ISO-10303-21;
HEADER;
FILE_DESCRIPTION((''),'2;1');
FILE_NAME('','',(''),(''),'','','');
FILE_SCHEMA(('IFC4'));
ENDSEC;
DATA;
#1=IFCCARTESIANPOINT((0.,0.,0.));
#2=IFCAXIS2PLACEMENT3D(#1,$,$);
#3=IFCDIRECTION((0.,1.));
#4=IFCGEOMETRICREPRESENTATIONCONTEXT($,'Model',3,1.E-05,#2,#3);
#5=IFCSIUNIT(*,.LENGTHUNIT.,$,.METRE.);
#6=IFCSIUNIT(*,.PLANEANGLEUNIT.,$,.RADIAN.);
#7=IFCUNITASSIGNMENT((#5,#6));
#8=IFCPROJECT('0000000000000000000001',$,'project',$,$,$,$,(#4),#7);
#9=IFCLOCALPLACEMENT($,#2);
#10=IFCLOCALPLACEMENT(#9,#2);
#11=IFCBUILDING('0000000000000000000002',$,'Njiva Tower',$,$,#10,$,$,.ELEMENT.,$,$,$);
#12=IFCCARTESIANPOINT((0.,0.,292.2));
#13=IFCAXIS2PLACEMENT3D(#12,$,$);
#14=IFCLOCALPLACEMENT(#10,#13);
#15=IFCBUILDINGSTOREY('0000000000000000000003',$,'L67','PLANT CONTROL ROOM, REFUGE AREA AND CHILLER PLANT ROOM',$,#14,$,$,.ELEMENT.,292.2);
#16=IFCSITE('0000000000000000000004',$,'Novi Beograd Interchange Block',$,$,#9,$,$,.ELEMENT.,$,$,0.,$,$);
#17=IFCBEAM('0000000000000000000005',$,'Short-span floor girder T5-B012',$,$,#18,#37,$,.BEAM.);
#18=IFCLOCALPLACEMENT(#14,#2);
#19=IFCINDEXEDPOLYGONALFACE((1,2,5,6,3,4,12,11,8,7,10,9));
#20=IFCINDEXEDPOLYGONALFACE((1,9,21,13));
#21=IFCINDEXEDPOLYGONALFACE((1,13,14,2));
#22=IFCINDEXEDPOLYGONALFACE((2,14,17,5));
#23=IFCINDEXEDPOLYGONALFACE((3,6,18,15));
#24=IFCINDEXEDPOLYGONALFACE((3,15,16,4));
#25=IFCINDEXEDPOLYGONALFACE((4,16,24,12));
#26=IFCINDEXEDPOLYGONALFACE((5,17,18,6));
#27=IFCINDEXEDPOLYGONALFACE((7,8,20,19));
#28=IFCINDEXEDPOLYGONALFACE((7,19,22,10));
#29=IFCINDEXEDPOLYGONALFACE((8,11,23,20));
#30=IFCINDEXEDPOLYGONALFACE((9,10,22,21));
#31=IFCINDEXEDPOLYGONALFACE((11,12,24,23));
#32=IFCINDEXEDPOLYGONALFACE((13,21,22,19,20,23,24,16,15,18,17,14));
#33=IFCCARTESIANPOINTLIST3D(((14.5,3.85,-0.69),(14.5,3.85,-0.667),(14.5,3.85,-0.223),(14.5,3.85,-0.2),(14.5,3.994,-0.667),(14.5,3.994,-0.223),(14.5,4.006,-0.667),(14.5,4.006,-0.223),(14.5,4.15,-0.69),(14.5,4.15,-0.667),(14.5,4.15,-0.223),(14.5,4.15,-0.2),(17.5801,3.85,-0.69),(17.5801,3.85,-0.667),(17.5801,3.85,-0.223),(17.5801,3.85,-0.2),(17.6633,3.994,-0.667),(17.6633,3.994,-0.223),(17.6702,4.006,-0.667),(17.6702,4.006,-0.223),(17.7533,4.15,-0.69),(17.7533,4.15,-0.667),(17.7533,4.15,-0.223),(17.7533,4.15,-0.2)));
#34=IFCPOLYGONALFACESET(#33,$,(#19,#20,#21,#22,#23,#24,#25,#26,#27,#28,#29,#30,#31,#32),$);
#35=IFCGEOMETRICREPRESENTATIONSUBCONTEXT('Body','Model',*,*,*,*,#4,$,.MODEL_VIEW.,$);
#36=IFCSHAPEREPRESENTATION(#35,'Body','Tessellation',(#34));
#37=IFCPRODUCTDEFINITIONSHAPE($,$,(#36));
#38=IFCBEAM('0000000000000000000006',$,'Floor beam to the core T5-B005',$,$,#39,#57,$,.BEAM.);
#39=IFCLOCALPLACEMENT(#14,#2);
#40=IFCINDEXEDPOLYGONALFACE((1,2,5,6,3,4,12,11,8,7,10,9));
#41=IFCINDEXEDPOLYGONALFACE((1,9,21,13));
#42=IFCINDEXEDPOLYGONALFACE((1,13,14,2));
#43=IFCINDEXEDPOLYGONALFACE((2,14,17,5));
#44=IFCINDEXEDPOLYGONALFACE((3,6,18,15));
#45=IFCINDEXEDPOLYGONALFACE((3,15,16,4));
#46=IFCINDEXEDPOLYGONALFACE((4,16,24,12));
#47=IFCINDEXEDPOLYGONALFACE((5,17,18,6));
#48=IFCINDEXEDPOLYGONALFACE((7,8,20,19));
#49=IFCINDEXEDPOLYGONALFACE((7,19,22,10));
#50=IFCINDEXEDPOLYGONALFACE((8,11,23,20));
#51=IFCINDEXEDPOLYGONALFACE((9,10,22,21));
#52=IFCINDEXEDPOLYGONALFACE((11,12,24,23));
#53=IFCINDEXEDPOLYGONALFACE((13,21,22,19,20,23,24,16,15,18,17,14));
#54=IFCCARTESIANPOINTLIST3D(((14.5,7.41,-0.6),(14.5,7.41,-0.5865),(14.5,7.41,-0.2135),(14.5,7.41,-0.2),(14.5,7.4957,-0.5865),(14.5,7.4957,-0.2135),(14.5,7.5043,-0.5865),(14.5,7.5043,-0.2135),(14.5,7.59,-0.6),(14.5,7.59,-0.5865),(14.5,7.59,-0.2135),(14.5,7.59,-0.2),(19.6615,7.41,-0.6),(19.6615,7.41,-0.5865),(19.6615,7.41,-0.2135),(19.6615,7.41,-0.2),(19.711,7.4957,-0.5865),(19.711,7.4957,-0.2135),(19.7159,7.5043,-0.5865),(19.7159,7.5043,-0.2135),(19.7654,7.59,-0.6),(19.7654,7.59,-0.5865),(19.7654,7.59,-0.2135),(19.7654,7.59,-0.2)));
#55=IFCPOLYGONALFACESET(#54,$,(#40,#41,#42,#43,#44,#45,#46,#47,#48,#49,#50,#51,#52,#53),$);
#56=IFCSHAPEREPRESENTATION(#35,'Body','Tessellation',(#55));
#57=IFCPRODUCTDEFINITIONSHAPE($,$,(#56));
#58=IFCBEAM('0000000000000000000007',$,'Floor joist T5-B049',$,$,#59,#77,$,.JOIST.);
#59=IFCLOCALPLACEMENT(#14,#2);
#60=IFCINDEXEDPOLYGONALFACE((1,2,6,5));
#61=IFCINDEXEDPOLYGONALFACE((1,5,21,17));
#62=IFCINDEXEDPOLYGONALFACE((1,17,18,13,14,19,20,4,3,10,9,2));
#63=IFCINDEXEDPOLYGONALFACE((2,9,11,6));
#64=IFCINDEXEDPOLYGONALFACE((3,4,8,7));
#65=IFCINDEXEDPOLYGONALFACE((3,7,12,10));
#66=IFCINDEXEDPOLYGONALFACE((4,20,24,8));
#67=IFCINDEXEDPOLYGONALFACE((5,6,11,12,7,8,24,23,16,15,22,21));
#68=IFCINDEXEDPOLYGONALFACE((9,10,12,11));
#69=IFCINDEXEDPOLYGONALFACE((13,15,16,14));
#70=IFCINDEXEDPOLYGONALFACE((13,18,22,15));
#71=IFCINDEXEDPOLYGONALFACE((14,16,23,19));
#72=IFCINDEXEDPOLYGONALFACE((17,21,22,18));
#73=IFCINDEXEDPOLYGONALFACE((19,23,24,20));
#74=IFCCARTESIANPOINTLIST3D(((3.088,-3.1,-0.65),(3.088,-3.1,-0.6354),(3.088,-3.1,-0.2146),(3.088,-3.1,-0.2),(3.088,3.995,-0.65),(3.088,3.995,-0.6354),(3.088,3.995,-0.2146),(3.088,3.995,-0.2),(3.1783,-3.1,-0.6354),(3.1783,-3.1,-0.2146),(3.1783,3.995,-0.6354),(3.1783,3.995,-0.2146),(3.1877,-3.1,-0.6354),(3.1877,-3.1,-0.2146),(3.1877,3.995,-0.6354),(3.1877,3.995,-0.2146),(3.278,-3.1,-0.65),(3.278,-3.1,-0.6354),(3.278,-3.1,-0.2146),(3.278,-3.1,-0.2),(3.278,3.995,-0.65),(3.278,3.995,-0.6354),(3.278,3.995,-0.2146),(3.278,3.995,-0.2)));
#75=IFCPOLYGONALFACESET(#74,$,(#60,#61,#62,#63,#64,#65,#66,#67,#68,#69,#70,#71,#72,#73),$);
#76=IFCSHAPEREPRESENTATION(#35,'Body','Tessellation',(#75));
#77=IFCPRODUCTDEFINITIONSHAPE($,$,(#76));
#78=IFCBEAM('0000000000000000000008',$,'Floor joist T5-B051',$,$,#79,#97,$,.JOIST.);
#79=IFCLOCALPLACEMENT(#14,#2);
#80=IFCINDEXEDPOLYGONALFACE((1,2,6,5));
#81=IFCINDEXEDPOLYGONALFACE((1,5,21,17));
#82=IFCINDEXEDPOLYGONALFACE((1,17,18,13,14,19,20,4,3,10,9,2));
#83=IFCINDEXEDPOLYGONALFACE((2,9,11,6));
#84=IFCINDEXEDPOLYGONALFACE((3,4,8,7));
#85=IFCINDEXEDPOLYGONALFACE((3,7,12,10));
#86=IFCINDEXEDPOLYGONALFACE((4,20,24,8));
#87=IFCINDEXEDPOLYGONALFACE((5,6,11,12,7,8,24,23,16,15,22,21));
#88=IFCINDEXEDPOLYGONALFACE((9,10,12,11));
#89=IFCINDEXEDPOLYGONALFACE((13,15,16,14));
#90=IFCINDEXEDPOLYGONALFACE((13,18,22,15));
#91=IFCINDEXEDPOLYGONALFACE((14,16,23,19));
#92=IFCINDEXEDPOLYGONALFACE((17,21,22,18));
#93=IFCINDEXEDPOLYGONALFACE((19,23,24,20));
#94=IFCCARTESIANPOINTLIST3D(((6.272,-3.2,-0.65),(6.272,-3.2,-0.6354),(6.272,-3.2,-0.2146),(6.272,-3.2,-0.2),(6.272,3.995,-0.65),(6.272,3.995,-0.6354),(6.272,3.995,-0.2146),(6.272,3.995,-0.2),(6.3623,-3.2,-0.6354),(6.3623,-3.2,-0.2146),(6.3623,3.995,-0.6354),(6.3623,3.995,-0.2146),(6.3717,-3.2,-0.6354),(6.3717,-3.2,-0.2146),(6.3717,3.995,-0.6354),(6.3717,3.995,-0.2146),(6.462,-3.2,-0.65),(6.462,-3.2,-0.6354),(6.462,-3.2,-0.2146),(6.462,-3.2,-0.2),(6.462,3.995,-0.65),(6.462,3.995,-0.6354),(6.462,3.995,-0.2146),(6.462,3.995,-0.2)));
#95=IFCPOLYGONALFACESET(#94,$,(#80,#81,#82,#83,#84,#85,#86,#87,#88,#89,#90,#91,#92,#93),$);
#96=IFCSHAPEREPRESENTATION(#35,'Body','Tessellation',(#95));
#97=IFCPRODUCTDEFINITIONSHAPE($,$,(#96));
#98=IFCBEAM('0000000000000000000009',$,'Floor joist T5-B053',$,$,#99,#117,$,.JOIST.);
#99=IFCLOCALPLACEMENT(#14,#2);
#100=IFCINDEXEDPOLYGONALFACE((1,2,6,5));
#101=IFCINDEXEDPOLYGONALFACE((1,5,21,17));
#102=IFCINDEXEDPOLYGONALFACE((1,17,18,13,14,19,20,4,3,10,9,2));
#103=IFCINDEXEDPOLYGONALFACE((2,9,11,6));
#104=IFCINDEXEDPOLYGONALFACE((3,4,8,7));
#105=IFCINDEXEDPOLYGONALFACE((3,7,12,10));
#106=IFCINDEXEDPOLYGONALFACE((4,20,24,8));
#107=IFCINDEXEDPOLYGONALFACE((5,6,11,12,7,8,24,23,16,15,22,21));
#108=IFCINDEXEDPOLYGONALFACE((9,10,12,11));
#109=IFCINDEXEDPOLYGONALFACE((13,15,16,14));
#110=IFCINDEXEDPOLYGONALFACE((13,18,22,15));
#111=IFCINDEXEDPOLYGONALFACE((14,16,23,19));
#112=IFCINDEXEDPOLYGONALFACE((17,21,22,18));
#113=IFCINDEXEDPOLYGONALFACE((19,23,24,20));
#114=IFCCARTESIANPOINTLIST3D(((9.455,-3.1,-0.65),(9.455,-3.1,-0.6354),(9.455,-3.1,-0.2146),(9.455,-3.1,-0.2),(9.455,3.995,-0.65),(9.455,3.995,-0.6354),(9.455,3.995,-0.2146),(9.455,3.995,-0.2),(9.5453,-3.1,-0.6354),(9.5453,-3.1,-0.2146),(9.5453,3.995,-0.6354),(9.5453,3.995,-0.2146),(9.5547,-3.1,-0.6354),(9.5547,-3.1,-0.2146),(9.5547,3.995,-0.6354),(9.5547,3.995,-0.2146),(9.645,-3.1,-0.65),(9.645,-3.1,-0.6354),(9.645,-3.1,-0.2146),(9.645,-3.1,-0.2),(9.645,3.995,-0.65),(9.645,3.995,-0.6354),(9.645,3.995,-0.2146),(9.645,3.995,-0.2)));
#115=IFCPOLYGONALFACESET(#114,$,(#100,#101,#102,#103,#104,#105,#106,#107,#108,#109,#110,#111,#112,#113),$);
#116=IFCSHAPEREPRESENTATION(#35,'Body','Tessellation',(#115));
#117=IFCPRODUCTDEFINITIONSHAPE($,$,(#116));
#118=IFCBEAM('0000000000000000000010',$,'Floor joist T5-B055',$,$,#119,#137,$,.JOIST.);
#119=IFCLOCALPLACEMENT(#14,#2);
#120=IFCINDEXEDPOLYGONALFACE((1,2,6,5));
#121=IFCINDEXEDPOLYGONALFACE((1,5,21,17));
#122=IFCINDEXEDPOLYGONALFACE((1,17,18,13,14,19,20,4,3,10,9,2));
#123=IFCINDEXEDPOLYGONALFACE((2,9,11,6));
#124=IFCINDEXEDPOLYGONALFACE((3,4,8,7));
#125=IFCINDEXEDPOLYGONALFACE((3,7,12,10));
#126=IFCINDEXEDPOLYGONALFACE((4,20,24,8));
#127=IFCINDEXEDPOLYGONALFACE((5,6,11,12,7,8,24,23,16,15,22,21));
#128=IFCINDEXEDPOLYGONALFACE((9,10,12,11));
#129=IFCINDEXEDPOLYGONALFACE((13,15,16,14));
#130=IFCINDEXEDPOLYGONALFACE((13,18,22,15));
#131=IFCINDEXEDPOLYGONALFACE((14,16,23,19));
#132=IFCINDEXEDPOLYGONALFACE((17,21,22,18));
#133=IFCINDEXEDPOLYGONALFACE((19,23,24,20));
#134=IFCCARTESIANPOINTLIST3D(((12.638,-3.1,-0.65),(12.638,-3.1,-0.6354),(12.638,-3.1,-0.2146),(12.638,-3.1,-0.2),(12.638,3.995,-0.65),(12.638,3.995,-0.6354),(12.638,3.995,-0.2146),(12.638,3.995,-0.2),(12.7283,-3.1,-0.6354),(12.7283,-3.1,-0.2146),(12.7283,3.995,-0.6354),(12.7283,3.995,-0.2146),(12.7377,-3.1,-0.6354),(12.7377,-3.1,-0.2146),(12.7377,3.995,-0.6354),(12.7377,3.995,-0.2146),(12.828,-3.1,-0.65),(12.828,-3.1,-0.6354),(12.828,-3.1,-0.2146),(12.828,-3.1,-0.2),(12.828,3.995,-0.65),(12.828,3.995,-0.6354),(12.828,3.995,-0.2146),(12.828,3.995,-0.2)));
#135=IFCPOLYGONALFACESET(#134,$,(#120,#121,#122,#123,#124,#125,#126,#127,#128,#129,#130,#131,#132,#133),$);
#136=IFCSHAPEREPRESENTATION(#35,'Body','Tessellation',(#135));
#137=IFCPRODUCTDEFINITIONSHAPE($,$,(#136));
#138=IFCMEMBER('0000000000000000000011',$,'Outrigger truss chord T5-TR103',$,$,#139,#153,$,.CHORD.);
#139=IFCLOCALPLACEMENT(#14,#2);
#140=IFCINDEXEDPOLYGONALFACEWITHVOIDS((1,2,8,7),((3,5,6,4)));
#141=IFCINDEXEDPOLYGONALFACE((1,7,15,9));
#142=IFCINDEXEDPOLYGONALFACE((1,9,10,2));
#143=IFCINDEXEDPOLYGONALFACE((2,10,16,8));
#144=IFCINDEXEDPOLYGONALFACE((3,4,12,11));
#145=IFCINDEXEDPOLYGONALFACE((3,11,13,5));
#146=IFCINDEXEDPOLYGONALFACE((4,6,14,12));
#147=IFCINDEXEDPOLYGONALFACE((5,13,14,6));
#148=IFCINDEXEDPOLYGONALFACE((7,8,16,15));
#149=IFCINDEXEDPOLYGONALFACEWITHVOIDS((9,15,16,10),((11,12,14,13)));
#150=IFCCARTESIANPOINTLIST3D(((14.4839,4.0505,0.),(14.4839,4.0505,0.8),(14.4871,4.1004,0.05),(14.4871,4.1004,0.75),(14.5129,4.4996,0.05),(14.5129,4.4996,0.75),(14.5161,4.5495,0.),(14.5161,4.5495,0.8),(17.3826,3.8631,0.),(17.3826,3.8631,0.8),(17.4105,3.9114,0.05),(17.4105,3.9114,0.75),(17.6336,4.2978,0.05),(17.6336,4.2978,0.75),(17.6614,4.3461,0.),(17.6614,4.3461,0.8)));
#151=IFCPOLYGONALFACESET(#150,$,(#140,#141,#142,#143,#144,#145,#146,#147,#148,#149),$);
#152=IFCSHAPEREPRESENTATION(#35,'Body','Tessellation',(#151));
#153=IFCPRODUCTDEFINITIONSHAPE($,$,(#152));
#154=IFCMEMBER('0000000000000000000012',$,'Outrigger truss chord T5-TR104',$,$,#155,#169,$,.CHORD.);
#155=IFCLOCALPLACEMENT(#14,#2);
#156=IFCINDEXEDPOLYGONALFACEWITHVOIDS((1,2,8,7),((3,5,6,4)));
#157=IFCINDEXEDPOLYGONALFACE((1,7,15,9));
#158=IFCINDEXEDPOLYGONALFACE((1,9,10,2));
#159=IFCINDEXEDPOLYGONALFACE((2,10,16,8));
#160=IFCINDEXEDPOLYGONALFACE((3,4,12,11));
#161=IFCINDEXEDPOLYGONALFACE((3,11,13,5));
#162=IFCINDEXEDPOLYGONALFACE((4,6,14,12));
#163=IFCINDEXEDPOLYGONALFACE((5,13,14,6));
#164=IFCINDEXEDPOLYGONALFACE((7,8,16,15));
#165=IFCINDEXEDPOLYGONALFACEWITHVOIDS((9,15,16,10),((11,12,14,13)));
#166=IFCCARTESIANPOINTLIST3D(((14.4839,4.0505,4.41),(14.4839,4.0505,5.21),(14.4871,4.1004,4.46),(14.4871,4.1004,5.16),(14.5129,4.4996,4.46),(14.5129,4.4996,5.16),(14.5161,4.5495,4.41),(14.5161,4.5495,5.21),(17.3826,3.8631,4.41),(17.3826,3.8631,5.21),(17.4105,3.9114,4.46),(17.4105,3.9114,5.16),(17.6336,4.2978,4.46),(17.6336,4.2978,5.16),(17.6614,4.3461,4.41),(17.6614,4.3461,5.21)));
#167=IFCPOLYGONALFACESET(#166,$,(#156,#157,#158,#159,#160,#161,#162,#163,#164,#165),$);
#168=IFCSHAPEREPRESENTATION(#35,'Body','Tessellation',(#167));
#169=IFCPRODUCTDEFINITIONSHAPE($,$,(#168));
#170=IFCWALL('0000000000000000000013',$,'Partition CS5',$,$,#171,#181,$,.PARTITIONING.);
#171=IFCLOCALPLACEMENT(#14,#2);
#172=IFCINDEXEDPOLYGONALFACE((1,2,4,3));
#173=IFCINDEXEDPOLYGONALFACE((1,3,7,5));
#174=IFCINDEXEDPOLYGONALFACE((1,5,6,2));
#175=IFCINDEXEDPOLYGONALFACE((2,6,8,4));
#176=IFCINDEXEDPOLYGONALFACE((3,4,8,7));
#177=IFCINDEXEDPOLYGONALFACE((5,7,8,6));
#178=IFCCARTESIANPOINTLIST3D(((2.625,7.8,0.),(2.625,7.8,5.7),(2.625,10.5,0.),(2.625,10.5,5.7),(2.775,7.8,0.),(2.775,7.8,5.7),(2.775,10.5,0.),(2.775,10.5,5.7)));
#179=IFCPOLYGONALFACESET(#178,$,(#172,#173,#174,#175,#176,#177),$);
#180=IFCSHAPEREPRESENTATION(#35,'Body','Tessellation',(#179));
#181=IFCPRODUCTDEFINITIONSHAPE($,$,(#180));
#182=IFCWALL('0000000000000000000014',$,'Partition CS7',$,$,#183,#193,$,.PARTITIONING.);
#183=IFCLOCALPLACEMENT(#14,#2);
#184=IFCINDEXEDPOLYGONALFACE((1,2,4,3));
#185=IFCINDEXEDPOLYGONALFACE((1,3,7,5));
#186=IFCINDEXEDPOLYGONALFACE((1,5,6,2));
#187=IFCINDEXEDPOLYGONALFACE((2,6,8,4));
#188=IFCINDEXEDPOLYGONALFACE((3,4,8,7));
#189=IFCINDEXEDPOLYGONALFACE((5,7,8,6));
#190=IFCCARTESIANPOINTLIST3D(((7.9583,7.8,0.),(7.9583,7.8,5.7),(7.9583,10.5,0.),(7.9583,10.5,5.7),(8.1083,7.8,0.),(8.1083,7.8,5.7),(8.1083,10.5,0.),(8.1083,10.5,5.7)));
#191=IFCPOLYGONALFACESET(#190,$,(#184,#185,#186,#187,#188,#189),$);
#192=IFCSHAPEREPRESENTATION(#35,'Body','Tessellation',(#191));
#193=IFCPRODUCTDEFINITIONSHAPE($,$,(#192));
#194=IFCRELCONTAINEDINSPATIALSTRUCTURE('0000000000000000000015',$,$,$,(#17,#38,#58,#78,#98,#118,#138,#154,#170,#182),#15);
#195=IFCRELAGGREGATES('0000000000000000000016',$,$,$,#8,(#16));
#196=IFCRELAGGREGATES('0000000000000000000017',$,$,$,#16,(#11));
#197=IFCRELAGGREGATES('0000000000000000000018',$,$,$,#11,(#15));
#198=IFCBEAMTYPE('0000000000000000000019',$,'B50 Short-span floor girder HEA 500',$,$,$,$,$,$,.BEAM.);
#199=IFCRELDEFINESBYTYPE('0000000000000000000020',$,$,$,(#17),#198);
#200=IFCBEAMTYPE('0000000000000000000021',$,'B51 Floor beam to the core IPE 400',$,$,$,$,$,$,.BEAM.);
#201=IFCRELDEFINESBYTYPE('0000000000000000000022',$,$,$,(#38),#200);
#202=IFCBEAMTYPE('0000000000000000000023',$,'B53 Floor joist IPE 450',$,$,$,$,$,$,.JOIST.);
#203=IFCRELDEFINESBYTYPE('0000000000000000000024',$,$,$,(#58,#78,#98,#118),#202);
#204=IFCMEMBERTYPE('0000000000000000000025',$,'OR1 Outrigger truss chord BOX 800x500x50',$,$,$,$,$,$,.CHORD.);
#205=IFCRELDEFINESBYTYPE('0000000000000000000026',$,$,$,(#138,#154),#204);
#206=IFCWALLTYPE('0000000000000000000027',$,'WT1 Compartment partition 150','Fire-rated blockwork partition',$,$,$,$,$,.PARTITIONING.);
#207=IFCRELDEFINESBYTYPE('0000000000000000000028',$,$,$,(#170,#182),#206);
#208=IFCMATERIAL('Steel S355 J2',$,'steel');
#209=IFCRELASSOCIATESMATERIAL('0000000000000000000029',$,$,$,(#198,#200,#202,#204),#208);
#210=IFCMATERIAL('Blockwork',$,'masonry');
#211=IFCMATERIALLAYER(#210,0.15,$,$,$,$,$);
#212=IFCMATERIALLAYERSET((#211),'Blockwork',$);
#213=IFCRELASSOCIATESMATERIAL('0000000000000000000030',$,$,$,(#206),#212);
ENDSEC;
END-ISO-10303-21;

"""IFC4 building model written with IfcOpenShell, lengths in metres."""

from ifc_helpers import new_model, si_unit, direction, frame, frame_2d, origin, origin_2d, place, context, subcontext, project, spatial, rectangle, hollow_rectangle, i_section, extrude, clip, halfspace, material, layer, layer_set, material_profile, profile_set, type_object, element, save


model = new_model("IFC4")

# Units and contexts
model_context = context("Model", 3, precision=1e-05, world=origin(), true_north=direction((0.0, 1.0)))
body_context = subcontext(model_context, "Body", "Model", "MODEL_VIEW")
ifc_project = project(units=[si_unit("LENGTHUNIT", "METRE"), si_unit("PLANEANGLEUNIT", "RADIAN")], contexts=[model_context])

# Site, building, storey
site_placement = place(None, origin())
site = spatial("IfcSite", under=ifc_project, at=site_placement, Name="Novi Beograd Interchange Block", CompositionType="ELEMENT", RefElevation=0.0)
building_placement = place(site_placement, origin())
building = spatial("IfcBuilding", under=site, at=building_placement, Name="Njiva Tower", CompositionType="ELEMENT")
storey_placement = place(building_placement, frame((0.0, 0.0, 292.2)))
storey = spatial("IfcBuildingStorey", under=building, at=storey_placement, Name="L67", Description="PLANT CONTROL ROOM, REFUGE AREA AND CHILLER PLANT ROOM", CompositionType="ELEMENT", Elevation=292.2)

# Beams
ifc_material_1 = material(Name="Steel S355 J2", Category="steel")
ifc_material_profile_1 = material_profile(ifc_material_1, i_section(OverallWidth=0.3, OverallDepth=0.49, WebThickness=0.012, FlangeThickness=0.023, at=origin_2d()), Name="HEA 500")
ifc_profile_set_1 = profile_set([ifc_material_profile_1], Name="Steel S355 J2")
beam_type_1 = type_object("IfcBeamType", Name="B50 Short-span floor girder HEA 500", PredefinedType="BEAM", material=ifc_profile_set_1)
beam_1_placement = place(storey_placement, frame((14.5, 4.0, -0.445), z_axis=(1.0, 0.0, 0.0), x_axis=(0.0, 1.0, 0.0)))
element("IfcBeam", 1, at=beam_1_placement, inside=storey, type_object=beam_type_1, Name="Short-span floor girder T5-B012", PredefinedType="BEAM", context=body_context, shape_type="Clipping", body=[
    clip(extrude(i_section(OverallWidth=0.3, OverallDepth=0.49, WebThickness=0.012, FlangeThickness=0.023, at=origin_2d()), origin(), (0.0, 0.0, 1.0), 3.274), halfspace(frame((-0.025, 0.0, 3.1523), z_axis=(-0.499998, 0.0, 0.866027), x_axis=(0.0, 1.0, 0.0)), False)),
])
ifc_material_profile_2 = material_profile(ifc_material_1, i_section(OverallWidth=0.18, OverallDepth=0.4, WebThickness=0.0086, FlangeThickness=0.0135, at=origin_2d()), Name="IPE 400")
ifc_profile_set_2 = profile_set([ifc_material_profile_2], Name="Steel S355 J2")
beam_type_2 = type_object("IfcBeamType", Name="B51 Floor beam to the core IPE 400", PredefinedType="BEAM", material=ifc_profile_set_2)
beam_2_placement = place(storey_placement, frame((14.5, 7.5, -0.4), z_axis=(1.0, 0.0, 0.0), x_axis=(0.0, 1.0, 0.0)))
element("IfcBeam", 2, at=beam_2_placement, inside=storey, type_object=beam_type_2, Name="Floor beam to the core T5-B005", PredefinedType="BEAM", context=body_context, shape_type="Clipping", body=[
    clip(extrude(i_section(OverallWidth=0.18, OverallDepth=0.4, WebThickness=0.0086, FlangeThickness=0.0135, at=origin_2d()), origin(), (0.0, 0.0, 1.0), 5.285), halfspace(frame((-0.025, 0.0, 5.199), z_axis=(-0.499998, 0.0, 0.866027), x_axis=(0.0, 1.0, 0.0)), False)),
])
ifc_material_profile_3 = material_profile(ifc_material_1, i_section(OverallWidth=0.19, OverallDepth=0.45, WebThickness=0.0094, FlangeThickness=0.0146, at=origin_2d()), Name="IPE 450")
ifc_profile_set_3 = profile_set([ifc_material_profile_3], Name="Steel S355 J2")
beam_type_3 = type_object("IfcBeamType", Name="B53 Floor joist IPE 450", PredefinedType="JOIST", material=ifc_profile_set_3)
beam_3_placement = place(storey_placement, frame((3.183, 3.995, -0.425), z_axis=(0.0, -1.0, 0.0), x_axis=(1.0, 0.0, 0.0)))
element("IfcBeam", 3, at=beam_3_placement, inside=storey, type_object=beam_type_3, Name="Floor joist T5-B049", PredefinedType="JOIST", context=body_context, shape_type="SweptSolid", body=[
    extrude(i_section(OverallWidth=0.19, OverallDepth=0.45, WebThickness=0.0094, FlangeThickness=0.0146, at=origin_2d()), origin(), (0.0, 0.0, 1.0), 7.095),
])
beam_4_placement = place(storey_placement, frame((6.367, 3.995, -0.425), z_axis=(0.0, -1.0, 0.0), x_axis=(1.0, 0.0, 0.0)))
element("IfcBeam", 4, at=beam_4_placement, inside=storey, type_object=beam_type_3, Name="Floor joist T5-B051", PredefinedType="JOIST", context=body_context, shape_type="SweptSolid", body=[
    extrude(i_section(OverallWidth=0.19, OverallDepth=0.45, WebThickness=0.0094, FlangeThickness=0.0146, at=origin_2d()), origin(), (0.0, 0.0, 1.0), 7.195),
])
for number, where, z_axis, x_axis, name in (
    (5, (9.55, 3.995, -0.425), (0.0, -1.0, 0.0), (1.0, 0.0, 0.0), "Floor joist T5-B053"),
    (6, (12.733, 3.995, -0.425), (0.0, -1.0, 0.0), (1.0, 0.0, 0.0), "Floor joist T5-B055"),
):
    element("IfcBeam", number, at=place(storey_placement, frame(where, z_axis=z_axis, x_axis=x_axis)), inside=storey, type_object=beam_type_3, Name=name, PredefinedType="JOIST", context=body_context, shape_type="SweptSolid", body=[
        extrude(i_section(OverallWidth=0.19, OverallDepth=0.45, WebThickness=0.0094, FlangeThickness=0.0146, at=origin_2d()), origin(), (0.0, 0.0, 1.0), 7.095),
    ])

# Members
ifc_material_profile_4 = material_profile(ifc_material_1, hollow_rectangle(XDim=0.5, YDim=0.8, WallThickness=0.05, at=origin_2d()), Name="BOX 800x500x50")
ifc_profile_set_4 = profile_set([ifc_material_profile_4], Name="Steel S355 J2")
member_type_1 = type_object("IfcMemberType", Name="OR1 Outrigger truss chord BOX 800x500x50", PredefinedType="CHORD", material=ifc_profile_set_4)
for number, where, z_axis, x_axis, name in (
    (7, (14.5, 4.3, 0.4), (0.997916, -0.064526, 0.0), (0.064526, 0.997916, 0.0), "Outrigger truss chord T5-TR103"),
    (8, (14.5, 4.3, 4.81), (0.997916, -0.064526, 0.0), (0.064526, 0.997916, 0.0), "Outrigger truss chord T5-TR104"),
):
    element("IfcMember", number, at=place(storey_placement, frame(where, z_axis=z_axis, x_axis=x_axis)), inside=storey, type_object=member_type_1, Name=name, PredefinedType="CHORD", context=body_context, shape_type="Clipping", body=[
        clip(extrude(hollow_rectangle(XDim=0.5, YDim=0.8, WallThickness=0.05, at=origin_2d()), origin(), (0.0, 0.0, 1.0), 3.517), halfspace(frame((-0.0221, 0.0, 3.0174), z_axis=(-0.443075, 0.0, 0.896484), x_axis=(0.0, 1.0, 0.0)), False)),
    ])

# Walls
ifc_material_2 = material(Name="Blockwork", Category="masonry")
ifc_layer_1 = layer(ifc_material_2, 0.15)
ifc_layer_set_1 = layer_set([ifc_layer_1], Name="Blockwork")
wall_type_1 = type_object("IfcWallType", Name="WT1 Compartment partition 150", Description="Fire-rated blockwork partition", PredefinedType="PARTITIONING", material=ifc_layer_set_1)
for number, where, z_axis, x_axis, name in (
    (9, (2.7, 7.8, 0.0), (0.0, 0.0, 1.0), (0.0, 1.0, 0.0), "Partition CS5"),
    (10, (8.0333, 7.8, 0.0), (0.0, 0.0, 1.0), (0.0, 1.0, 0.0), "Partition CS7"),
):
    element("IfcWall", number, at=place(storey_placement, frame(where, z_axis=z_axis, x_axis=x_axis)), inside=storey, type_object=wall_type_1, Name=name, PredefinedType="PARTITIONING", context=body_context, shape_type="SweptSolid", body=[
        extrude(rectangle(XDim=2.7, YDim=0.15, at=frame_2d((1.35, 0.0))), origin(), (0.0, 0.0, 1.0), 5.7),
    ])

save(model, "model.ifc")
